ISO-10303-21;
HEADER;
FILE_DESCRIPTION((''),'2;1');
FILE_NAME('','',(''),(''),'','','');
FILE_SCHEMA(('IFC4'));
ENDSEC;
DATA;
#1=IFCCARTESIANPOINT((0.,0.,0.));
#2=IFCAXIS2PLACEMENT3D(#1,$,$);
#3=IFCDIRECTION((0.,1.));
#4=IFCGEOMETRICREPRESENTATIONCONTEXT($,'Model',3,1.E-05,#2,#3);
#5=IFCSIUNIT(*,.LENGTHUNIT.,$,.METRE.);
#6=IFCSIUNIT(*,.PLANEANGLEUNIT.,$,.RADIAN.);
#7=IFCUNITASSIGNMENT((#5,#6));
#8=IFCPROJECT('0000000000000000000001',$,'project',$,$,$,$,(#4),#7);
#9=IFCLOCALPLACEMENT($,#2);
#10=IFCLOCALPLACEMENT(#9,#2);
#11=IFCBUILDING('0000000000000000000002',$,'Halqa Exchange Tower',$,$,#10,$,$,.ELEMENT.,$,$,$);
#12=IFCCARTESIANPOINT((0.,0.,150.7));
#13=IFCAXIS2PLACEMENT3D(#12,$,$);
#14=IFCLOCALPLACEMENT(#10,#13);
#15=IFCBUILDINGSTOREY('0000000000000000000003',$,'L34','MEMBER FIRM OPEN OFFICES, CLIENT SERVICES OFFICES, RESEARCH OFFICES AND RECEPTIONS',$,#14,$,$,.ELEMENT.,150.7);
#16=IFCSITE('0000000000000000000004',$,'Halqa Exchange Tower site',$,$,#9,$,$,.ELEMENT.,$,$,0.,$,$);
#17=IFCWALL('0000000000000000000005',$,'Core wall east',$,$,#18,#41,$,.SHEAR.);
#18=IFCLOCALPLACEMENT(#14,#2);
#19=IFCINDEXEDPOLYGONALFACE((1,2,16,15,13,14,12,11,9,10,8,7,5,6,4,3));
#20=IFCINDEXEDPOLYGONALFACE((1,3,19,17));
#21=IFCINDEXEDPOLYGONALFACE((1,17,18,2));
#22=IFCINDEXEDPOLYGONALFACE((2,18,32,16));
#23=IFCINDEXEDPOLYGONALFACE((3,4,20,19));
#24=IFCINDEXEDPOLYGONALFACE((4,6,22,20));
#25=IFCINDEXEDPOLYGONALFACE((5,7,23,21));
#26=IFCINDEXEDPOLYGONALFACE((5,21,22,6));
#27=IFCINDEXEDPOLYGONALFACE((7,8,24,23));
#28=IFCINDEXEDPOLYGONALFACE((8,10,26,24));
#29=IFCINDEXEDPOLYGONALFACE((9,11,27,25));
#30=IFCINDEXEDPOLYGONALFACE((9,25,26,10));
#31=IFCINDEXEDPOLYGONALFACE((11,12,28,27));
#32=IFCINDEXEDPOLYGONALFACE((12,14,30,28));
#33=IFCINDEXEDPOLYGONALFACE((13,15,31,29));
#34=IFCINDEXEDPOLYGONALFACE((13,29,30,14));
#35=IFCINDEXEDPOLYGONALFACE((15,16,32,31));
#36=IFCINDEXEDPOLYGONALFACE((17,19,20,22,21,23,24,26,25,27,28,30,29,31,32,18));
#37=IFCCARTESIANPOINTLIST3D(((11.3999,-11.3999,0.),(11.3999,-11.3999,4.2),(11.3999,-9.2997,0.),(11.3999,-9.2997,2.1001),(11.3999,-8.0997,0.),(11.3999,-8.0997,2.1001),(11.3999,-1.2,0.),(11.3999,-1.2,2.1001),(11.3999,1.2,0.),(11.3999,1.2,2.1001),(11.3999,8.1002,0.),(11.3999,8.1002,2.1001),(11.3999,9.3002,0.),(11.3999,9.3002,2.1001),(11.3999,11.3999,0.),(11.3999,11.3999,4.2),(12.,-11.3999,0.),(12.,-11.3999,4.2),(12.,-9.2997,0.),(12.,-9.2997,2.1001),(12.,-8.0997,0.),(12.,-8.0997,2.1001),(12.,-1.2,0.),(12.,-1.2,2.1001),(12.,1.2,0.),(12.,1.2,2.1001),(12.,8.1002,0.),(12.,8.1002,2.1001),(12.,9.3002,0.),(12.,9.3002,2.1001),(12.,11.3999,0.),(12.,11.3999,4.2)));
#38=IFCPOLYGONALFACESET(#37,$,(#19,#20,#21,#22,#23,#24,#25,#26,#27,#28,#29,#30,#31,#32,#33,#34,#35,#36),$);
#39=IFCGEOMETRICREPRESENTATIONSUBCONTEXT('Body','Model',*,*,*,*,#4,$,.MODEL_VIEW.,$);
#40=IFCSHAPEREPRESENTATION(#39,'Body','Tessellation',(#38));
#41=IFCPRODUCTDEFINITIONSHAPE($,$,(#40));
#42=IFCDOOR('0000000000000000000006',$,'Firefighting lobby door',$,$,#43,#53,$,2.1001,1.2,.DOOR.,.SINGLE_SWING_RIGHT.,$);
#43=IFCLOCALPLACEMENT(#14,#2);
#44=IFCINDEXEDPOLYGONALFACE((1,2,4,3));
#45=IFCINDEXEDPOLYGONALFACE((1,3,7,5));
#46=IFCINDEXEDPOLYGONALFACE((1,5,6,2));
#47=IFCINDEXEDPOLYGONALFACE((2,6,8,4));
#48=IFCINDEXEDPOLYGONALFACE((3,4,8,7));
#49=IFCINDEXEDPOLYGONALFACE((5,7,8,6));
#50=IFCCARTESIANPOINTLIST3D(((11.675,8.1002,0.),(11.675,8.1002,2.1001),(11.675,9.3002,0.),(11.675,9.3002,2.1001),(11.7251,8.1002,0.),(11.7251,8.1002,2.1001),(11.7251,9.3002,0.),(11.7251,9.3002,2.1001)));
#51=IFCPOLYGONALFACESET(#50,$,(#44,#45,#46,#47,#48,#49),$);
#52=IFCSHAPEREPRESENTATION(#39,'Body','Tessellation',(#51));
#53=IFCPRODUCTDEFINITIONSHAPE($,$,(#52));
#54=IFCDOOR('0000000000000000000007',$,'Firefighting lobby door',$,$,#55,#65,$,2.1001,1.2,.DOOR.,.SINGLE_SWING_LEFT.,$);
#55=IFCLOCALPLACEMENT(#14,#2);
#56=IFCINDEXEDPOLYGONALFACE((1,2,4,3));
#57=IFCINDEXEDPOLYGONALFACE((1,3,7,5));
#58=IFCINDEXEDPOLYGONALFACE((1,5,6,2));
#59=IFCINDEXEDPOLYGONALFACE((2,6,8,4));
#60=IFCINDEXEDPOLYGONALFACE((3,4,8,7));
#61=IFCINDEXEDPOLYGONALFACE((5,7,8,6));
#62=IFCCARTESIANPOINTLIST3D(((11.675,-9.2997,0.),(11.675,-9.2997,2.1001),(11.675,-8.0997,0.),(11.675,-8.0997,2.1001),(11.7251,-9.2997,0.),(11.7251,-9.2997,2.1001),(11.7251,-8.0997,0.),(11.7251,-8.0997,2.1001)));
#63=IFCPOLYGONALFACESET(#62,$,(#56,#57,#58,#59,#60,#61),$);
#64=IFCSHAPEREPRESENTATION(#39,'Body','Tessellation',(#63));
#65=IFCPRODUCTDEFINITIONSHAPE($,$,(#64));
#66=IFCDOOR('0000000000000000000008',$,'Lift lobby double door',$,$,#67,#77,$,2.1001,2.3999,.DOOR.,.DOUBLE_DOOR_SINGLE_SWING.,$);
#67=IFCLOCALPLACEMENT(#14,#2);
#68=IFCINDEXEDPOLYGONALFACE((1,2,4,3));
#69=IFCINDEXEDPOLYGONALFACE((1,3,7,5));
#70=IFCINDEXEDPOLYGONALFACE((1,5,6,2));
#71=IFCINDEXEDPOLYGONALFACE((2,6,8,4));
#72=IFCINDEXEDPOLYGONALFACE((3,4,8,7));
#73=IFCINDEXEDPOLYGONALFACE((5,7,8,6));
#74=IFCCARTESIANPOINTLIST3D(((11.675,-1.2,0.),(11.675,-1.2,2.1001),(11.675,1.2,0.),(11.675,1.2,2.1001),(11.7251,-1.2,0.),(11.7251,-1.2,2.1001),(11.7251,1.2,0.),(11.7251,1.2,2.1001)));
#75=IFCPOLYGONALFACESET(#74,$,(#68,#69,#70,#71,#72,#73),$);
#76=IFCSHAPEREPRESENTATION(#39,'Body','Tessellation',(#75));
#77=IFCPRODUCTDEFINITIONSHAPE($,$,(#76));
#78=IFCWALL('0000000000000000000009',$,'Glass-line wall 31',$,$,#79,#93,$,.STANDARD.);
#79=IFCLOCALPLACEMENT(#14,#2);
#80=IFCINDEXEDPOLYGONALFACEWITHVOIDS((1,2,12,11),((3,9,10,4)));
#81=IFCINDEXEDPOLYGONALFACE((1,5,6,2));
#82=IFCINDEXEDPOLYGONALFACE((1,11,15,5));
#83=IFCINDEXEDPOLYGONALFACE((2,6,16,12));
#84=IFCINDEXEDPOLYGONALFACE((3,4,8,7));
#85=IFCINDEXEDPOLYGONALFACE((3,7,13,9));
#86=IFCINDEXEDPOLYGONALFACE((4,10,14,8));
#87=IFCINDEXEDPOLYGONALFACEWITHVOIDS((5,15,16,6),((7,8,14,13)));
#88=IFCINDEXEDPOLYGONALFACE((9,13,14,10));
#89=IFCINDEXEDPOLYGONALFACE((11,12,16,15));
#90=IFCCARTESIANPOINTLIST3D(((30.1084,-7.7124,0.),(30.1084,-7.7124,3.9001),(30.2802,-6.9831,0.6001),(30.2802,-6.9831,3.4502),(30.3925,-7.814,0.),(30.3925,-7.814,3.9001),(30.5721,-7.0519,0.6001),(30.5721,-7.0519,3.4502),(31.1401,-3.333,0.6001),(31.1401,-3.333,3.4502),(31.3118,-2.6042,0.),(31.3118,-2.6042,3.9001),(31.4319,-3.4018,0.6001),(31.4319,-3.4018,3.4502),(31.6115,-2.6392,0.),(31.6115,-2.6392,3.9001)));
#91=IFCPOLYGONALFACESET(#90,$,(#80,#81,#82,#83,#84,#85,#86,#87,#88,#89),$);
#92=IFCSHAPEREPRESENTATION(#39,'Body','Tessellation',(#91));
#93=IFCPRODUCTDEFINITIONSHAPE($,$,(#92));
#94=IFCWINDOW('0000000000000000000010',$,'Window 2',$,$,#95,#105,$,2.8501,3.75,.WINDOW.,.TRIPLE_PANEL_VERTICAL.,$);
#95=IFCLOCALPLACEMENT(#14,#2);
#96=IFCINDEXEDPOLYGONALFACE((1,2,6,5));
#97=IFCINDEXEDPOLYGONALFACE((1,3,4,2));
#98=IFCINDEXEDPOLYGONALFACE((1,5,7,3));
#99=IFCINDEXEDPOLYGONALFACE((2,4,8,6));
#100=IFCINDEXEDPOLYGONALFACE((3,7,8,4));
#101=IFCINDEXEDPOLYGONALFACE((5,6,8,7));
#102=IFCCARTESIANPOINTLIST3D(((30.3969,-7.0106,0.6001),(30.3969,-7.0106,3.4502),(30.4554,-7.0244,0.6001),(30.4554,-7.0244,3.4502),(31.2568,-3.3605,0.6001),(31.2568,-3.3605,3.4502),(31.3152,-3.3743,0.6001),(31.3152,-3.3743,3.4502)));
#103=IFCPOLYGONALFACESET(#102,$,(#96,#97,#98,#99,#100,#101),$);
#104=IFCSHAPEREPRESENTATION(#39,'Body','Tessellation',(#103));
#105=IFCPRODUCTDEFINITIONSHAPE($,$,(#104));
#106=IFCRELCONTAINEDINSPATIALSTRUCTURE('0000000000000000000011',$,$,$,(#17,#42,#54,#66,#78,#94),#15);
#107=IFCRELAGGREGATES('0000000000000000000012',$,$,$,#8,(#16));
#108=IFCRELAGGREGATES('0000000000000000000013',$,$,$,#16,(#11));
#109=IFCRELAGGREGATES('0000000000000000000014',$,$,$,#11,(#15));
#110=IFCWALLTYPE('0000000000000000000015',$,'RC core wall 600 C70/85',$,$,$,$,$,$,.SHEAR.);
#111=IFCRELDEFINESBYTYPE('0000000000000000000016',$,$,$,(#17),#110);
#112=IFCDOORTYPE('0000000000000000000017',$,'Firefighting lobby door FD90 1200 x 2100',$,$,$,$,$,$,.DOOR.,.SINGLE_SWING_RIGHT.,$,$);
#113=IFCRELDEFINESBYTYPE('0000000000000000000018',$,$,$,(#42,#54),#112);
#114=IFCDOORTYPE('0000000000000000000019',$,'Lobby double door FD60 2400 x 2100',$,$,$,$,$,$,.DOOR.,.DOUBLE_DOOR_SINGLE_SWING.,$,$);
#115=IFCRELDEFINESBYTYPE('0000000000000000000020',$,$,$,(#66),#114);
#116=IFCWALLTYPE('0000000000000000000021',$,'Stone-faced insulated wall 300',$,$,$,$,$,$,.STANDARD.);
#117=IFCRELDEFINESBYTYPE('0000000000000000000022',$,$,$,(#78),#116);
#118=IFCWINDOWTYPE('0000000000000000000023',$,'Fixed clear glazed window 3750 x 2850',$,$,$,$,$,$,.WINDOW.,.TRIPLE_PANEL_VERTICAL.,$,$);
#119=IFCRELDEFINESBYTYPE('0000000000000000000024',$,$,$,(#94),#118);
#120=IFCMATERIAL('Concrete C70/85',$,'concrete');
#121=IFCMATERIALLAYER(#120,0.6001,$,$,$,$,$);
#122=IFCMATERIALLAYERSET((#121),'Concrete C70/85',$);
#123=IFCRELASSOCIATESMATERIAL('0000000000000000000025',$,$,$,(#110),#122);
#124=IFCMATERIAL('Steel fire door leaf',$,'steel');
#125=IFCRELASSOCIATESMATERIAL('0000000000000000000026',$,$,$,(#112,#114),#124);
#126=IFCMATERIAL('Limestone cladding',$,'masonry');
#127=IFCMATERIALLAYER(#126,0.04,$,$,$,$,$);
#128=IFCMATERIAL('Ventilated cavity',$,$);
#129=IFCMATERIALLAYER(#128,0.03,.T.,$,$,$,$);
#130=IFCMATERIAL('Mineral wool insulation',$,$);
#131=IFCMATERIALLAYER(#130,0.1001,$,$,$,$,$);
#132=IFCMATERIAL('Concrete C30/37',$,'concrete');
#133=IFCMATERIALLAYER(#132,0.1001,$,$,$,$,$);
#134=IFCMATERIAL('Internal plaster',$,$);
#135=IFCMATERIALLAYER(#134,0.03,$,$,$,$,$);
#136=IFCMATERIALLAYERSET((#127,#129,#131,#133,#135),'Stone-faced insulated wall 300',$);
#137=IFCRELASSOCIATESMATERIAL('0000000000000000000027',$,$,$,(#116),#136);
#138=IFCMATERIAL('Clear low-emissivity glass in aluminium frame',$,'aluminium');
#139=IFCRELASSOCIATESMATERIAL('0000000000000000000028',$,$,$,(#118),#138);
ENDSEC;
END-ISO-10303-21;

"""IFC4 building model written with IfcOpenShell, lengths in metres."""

from ifc_helpers import new_model, si_unit, direction, frame, frame_2d, origin, place, context, subcontext, project, spatial, polyline, rectangle, outline, extrude, material, layer, layer_set, type_object, element, fill, save


model = new_model("IFC4")

# Units and contexts
model_context = context("Model", 3, precision=1e-05, world=origin(), true_north=direction((0.0, 1.0)))
body_context = subcontext(model_context, "Body", "Model", "MODEL_VIEW")
ifc_project = project(units=[si_unit("LENGTHUNIT", "METRE"), si_unit("PLANEANGLEUNIT", "RADIAN")], contexts=[model_context])

# Site, building, storey
site_placement = place(None, origin())
site = spatial("IfcSite", under=ifc_project, at=site_placement, Name="Halqa Exchange Tower site", CompositionType="ELEMENT", RefElevation=0.0)
building_placement = place(site_placement, origin())
building = spatial("IfcBuilding", under=site, at=building_placement, Name="Halqa Exchange Tower", CompositionType="ELEMENT")
storey_placement = place(building_placement, frame((0.0, 0.0, 150.7)))
storey = spatial("IfcBuildingStorey", under=building, at=storey_placement, Name="L34", Description="MEMBER FIRM OPEN OFFICES, CLIENT SERVICES OFFICES, RESEARCH OFFICES AND RECEPTIONS", CompositionType="ELEMENT", Elevation=150.7)

# Shared definitions
ifc_material_1 = material(Name="Concrete C70/85", Category="concrete")

# Wall, openings, doors
ifc_layer_1 = layer(ifc_material_1, 0.6001)
ifc_layer_set_1 = layer_set([ifc_layer_1], Name="Concrete C70/85")
wall_type_1 = type_object("IfcWallType", Name="RC core wall 600 C70/85", PredefinedType="SHEAR", material=ifc_layer_set_1)
wall_1_placement = place(storey_placement, frame((11.7, -11.3999, 0.0), z_axis=(0.0, 0.0, 1.0), x_axis=(0.0, 1.0, 0.0)))
wall_1 = element("IfcWall", 1, at=wall_1_placement, inside=storey, type_object=wall_type_1, Name="Core wall east", PredefinedType="SHEAR", context=body_context, shape_type="SweptSolid", body=[
    extrude(rectangle(XDim=22.7998, YDim=0.6001, at=frame_2d((11.3999, 0.0))), origin(), (0.0, 0.0, 1.0), 4.2),
])
opening_1_placement = place(wall_1_placement, frame((10.2, 0.0, 0.0)))
opening_1 = element("IfcOpeningElement", 2, at=opening_1_placement, cuts=wall_1, PredefinedType="OPENING", context=body_context, shape_type="SweptSolid", body=[
    extrude(rectangle(XDim=2.3999, YDim=2.1001, at=frame_2d((1.2, 1.05))), frame((0.0, 0.312, 0.0), z_axis=(0.0, -1.0, 0.0), x_axis=(1.0, 0.0, 0.0)), (0.0, 0.0, 1.0), 0.624),
])
opening_2_placement = place(wall_1_placement, frame((19.5, 0.0, 0.0)))
opening_2 = element("IfcOpeningElement", 3, at=opening_2_placement, cuts=wall_1, PredefinedType="OPENING", context=body_context, shape_type="SweptSolid", body=[
    extrude(rectangle(XDim=1.2, YDim=2.1001, at=frame_2d((0.6001, 1.05))), frame((0.0, 0.312, 0.0), z_axis=(0.0, -1.0, 0.0), x_axis=(1.0, 0.0, 0.0)), (0.0, 0.0, 1.0), 0.624),
])
opening_3_placement = place(wall_1_placement, frame((2.1001, 0.0, 0.0)))
opening_3 = element("IfcOpeningElement", 4, at=opening_3_placement, cuts=wall_1, PredefinedType="OPENING", context=body_context, shape_type="SweptSolid", body=[
    extrude(rectangle(XDim=1.2, YDim=2.1001, at=frame_2d((0.6001, 1.05))), frame((0.0, 0.312, 0.0), z_axis=(0.0, -1.0, 0.0), x_axis=(1.0, 0.0, 0.0)), (0.0, 0.0, 1.0), 0.624),
])
ifc_material_2 = material(Name="Steel fire door leaf", Category="steel")
door_type_1 = type_object("IfcDoorType", Name="Firefighting lobby door FD90 1200 x 2100", OperationType="SINGLE_SWING_RIGHT", PredefinedType="DOOR", material=ifc_material_2)
door_1_placement = place(opening_2_placement, origin())
door_1 = element("IfcDoor", 5, at=door_1_placement, inside=storey, type_object=door_type_1, Name="Firefighting lobby door", OperationType="SINGLE_SWING_RIGHT", OverallHeight=2.1001, OverallWidth=1.2, PredefinedType="DOOR", context=body_context, shape_type="SweptSolid", body=[
    extrude(rectangle(XDim=1.2, YDim=2.1001, at=frame_2d((0.6001, 1.05))), frame((0.0, 0.0249, 0.0), z_axis=(0.0, -1.0, 0.0), x_axis=(1.0, 0.0, 0.0)), (0.0, 0.0, 1.0), 0.05),
])
fill(opening_2, door_1)
door_2_placement = place(opening_3_placement, origin())
door_2 = element("IfcDoor", 6, at=door_2_placement, inside=storey, type_object=door_type_1, Name="Firefighting lobby door", OperationType="SINGLE_SWING_LEFT", OverallHeight=2.1001, OverallWidth=1.2, PredefinedType="DOOR", context=body_context, shape_type="SweptSolid", body=[
    extrude(rectangle(XDim=1.2, YDim=2.1001, at=frame_2d((0.6001, 1.05))), frame((0.0, 0.0249, 0.0), z_axis=(0.0, -1.0, 0.0), x_axis=(1.0, 0.0, 0.0)), (0.0, 0.0, 1.0), 0.05),
])
fill(opening_3, door_2)
door_type_2 = type_object("IfcDoorType", Name="Lobby double door FD60 2400 x 2100", OperationType="DOUBLE_DOOR_SINGLE_SWING", PredefinedType="DOOR", material=ifc_material_2)
door_3_placement = place(opening_1_placement, origin())
door_3 = element("IfcDoor", 7, at=door_3_placement, inside=storey, type_object=door_type_2, Name="Lift lobby double door", OperationType="DOUBLE_DOOR_SINGLE_SWING", OverallHeight=2.1001, OverallWidth=2.3999, PredefinedType="DOOR", context=body_context, shape_type="SweptSolid", body=[
    extrude(rectangle(XDim=2.3999, YDim=2.1001, at=frame_2d((1.2, 1.05))), frame((0.0, 0.0249, 0.0), z_axis=(0.0, -1.0, 0.0), x_axis=(1.0, 0.0, 0.0)), (0.0, 0.0, 1.0), 0.05),
])
fill(opening_1, door_3)

# Wall, opening, window
ifc_material_3 = material(Name="Limestone cladding", Category="masonry")
ifc_layer_2 = layer(ifc_material_3, 0.04)
ifc_material_4 = material(Name="Ventilated cavity")
ifc_layer_3 = layer(ifc_material_4, 0.03, ventilated=True)
ifc_material_5 = material(Name="Mineral wool insulation")
ifc_layer_4 = layer(ifc_material_5, 0.1001)
ifc_material_6 = material(Name="Concrete C30/37", Category="concrete")
ifc_layer_5 = layer(ifc_material_6, 0.1001)
ifc_material_7 = material(Name="Internal plaster")
ifc_layer_6 = layer(ifc_material_7, 0.03)
ifc_layer_set_2 = layer_set([ifc_layer_2, ifc_layer_3, ifc_layer_4, ifc_layer_5, ifc_layer_6], Name="Stone-faced insulated wall 300")
wall_type_2 = type_object("IfcWallType", Name="Stone-faced insulated wall 300", PredefinedType="STANDARD", material=ifc_layer_set_2)
wall_2_placement = place(storey_placement, frame((30.2505, -7.7632, 0.0), z_axis=(0.0, 0.0, 1.0), x_axis=(0.229289, 0.973358, 0.0)))
wall_2 = element("IfcWall", 8, at=wall_2_placement, inside=storey, type_object=wall_type_2, Name="Glass-line wall 31", PredefinedType="STANDARD", context=body_context, shape_type="SweptSolid", body=[
    extrude(outline(polyline([(-0.0168, -0.1499), (5.2996, -0.1499), (5.2649, 0.1499), (0.0168, 0.1499), (-0.0168, -0.1499)])), origin(), (0.0, 0.0, 1.0), 3.9001),
])
opening_4_placement = place(wall_2_placement, frame((0.7661, 0.0, 0.6001)))
opening_4 = element("IfcOpeningElement", 9, at=opening_4_placement, cuts=wall_2, PredefinedType="OPENING", context=body_context, shape_type="SweptSolid", body=[
    extrude(rectangle(XDim=3.75, YDim=2.8501, at=frame_2d((1.875, 1.425))), frame((0.0, 0.1621, 0.0), z_axis=(0.0, -1.0, 0.0), x_axis=(1.0, 0.0, 0.0)), (0.0, 0.0, 1.0), 0.324),
])
ifc_material_8 = material(Name="Clear low-emissivity glass in aluminium frame", Category="aluminium")
window_type = type_object("IfcWindowType", Name="Fixed clear glazed window 3750 x 2850", PartitioningType="TRIPLE_PANEL_VERTICAL", PredefinedType="WINDOW", material=ifc_material_8)
window_placement = place(opening_4_placement, origin())
window = element("IfcWindow", 10, at=window_placement, inside=storey, type_object=window_type, Name="Window 2", OverallHeight=2.8501, OverallWidth=3.75, PartitioningType="TRIPLE_PANEL_VERTICAL", PredefinedType="WINDOW", context=body_context, shape_type="SweptSolid", body=[
    extrude(rectangle(XDim=3.75, YDim=2.8501, at=frame_2d((1.875, 1.425))), frame((0.0, 0.03, 0.0), z_axis=(0.0, -1.0, 0.0), x_axis=(1.0, 0.0, 0.0)), (0.0, 0.0, 1.0), 0.0601),
])
fill(opening_4, window)

save(model, "model.ifc")
